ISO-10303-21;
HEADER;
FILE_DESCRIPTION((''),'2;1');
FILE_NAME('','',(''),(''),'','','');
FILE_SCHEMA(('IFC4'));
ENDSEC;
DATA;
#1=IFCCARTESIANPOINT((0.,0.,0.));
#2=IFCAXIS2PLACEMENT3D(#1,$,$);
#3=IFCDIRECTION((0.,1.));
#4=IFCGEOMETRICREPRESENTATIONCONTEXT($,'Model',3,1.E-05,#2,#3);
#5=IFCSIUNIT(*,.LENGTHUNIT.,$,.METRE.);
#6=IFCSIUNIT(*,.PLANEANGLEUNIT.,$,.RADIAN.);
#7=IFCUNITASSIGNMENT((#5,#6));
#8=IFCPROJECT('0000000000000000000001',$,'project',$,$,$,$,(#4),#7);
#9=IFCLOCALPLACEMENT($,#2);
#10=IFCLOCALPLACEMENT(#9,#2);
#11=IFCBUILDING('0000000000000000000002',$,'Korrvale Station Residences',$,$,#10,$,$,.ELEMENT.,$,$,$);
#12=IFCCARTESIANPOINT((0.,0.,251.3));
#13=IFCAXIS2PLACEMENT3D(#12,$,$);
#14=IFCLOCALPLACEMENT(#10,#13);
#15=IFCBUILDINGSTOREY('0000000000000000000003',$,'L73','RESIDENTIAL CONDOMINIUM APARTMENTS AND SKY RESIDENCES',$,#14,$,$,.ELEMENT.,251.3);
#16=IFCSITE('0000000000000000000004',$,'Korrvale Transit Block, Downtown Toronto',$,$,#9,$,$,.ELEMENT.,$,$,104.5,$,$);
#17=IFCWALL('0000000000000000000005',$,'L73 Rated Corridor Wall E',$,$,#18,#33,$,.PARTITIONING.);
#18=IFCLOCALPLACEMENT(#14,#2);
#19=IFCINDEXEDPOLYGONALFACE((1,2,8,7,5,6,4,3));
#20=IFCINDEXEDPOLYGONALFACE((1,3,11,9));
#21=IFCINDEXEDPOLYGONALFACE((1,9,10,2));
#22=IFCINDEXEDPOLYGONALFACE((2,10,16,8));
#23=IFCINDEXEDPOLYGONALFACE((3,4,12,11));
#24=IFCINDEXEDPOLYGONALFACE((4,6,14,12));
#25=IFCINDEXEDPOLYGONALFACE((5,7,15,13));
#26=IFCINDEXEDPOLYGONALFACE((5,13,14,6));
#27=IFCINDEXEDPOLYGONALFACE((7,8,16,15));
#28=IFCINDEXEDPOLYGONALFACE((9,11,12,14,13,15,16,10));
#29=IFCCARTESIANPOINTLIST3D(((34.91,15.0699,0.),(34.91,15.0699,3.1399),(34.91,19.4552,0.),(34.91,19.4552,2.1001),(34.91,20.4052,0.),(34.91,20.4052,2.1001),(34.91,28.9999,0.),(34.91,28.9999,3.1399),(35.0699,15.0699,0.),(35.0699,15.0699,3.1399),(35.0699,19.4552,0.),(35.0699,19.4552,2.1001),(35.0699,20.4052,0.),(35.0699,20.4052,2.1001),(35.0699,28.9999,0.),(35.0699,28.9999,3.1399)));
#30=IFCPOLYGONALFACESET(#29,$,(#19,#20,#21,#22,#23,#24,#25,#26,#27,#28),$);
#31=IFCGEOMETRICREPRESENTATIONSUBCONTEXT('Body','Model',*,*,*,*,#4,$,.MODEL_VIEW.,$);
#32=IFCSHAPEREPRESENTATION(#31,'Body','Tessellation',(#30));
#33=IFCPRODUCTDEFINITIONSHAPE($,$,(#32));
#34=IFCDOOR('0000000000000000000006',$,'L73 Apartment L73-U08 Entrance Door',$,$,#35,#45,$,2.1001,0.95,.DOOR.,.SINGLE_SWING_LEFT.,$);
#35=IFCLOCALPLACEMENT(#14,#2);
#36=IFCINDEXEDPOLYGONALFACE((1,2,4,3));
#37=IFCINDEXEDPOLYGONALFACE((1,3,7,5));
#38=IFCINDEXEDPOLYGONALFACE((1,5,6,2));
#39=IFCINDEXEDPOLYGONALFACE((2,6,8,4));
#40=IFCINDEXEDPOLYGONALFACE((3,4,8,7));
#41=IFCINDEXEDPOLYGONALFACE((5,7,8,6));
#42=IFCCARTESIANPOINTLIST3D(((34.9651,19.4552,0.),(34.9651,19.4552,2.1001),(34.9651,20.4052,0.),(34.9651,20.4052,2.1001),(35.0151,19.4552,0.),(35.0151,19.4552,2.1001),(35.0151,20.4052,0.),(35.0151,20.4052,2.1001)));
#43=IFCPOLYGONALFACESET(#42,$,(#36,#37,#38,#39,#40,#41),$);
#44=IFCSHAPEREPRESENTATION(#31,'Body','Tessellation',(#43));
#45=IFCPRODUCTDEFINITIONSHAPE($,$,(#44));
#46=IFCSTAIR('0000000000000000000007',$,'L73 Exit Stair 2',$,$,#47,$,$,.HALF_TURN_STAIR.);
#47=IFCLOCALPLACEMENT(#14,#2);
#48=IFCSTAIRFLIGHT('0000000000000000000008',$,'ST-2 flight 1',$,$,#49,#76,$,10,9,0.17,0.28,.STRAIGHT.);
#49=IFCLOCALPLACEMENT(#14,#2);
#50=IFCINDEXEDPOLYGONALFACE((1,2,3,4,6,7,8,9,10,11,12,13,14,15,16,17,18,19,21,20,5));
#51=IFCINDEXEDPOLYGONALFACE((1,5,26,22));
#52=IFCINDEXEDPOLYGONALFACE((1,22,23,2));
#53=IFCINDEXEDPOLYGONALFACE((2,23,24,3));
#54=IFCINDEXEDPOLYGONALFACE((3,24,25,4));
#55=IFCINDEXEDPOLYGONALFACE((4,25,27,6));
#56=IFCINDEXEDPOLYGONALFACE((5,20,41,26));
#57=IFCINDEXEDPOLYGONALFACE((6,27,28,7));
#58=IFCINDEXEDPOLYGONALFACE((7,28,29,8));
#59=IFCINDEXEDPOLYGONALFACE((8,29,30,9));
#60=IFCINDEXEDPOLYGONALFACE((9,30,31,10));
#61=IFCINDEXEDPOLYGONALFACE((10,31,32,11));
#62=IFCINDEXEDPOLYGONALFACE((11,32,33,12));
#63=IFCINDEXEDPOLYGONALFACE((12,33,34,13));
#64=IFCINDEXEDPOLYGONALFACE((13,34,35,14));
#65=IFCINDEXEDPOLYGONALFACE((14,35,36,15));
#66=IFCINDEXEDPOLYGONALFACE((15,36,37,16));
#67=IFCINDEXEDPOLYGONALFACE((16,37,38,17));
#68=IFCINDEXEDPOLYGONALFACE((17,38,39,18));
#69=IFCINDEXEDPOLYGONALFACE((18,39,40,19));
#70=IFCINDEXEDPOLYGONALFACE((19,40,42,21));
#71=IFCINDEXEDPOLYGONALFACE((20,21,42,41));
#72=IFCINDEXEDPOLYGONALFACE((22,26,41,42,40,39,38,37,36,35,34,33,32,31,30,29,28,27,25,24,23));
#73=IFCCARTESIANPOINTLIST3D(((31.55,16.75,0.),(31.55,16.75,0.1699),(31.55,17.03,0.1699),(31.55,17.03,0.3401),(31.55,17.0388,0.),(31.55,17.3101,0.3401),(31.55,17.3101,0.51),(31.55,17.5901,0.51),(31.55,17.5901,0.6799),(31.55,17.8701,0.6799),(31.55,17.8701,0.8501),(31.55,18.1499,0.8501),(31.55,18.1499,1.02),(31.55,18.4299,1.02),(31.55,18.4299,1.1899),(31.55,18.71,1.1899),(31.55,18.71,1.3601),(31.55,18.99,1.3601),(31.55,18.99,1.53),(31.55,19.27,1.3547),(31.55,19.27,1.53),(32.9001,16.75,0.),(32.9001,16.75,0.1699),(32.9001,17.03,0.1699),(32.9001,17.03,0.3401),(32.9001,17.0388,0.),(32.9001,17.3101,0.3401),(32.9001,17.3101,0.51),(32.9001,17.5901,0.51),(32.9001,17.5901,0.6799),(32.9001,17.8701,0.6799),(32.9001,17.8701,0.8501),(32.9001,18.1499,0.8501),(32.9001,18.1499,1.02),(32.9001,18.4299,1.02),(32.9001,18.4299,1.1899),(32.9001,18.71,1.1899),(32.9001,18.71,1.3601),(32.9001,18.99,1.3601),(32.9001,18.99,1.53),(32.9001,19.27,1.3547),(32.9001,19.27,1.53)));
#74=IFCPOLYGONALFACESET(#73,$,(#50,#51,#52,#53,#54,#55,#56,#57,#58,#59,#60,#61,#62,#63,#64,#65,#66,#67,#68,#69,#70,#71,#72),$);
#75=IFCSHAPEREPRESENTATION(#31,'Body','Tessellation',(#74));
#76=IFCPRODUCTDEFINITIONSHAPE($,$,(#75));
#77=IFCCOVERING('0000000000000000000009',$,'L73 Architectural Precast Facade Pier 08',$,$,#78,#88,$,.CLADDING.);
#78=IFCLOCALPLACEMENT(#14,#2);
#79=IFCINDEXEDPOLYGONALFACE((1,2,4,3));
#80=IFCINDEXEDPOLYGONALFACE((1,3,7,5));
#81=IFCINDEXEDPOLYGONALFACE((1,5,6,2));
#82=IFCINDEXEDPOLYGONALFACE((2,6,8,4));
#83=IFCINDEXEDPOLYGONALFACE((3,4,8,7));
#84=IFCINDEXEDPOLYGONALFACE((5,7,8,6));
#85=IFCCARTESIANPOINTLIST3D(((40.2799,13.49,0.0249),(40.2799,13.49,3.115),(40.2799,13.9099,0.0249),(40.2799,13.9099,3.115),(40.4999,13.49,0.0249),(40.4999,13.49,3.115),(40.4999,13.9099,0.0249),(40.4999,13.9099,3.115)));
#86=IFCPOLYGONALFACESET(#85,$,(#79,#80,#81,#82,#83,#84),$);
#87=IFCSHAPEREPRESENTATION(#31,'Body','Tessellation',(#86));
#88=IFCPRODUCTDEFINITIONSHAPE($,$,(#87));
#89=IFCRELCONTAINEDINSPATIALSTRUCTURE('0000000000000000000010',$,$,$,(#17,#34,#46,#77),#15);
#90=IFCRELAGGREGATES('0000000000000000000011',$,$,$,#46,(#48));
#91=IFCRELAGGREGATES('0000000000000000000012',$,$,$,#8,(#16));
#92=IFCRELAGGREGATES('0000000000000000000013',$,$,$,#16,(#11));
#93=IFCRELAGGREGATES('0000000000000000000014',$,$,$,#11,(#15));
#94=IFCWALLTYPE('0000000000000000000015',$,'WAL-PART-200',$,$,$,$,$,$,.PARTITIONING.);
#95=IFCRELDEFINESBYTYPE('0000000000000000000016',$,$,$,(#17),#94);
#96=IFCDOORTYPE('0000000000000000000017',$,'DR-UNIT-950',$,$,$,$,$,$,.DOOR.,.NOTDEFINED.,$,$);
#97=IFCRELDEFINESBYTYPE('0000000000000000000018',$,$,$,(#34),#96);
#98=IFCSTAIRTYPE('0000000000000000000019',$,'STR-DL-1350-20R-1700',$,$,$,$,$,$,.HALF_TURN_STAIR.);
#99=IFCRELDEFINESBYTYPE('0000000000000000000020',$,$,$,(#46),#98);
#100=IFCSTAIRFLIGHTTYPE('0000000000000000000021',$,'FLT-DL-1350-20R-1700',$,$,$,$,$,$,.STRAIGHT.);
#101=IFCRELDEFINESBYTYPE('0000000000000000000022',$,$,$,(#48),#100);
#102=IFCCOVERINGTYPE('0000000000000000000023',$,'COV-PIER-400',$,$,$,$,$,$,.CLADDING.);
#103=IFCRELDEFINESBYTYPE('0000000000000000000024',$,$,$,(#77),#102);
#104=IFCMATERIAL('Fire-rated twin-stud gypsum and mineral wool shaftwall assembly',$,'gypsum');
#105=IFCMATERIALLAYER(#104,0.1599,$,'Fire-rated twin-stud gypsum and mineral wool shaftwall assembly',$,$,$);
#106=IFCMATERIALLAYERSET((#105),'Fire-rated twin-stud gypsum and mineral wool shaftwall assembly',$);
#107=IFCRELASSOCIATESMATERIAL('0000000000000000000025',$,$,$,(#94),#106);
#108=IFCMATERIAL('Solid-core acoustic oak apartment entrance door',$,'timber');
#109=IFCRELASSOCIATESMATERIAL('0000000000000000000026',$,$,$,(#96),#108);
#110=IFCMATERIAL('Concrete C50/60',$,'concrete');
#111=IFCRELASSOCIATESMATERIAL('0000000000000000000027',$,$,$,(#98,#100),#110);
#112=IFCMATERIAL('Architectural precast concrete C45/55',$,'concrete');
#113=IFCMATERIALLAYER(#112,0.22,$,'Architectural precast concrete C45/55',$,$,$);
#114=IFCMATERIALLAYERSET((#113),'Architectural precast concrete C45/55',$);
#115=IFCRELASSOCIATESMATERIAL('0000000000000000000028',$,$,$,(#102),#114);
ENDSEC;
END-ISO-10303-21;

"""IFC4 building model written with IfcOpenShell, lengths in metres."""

from ifc_helpers import new_model, si_unit, direction, frame, frame_2d, origin, origin_2d, place, context, subcontext, project, spatial, polyline, rectangle, outline, extrude, material, layer, layer_set, type_object, element, fill, aggregate, save


model = new_model("IFC4")

# Units and contexts
model_context = context("Model", 3, precision=1e-05, world=origin(), true_north=direction((0.0, 1.0)))
body_context = subcontext(model_context, "Body", "Model", "MODEL_VIEW")
ifc_project = project(units=[si_unit("LENGTHUNIT", "METRE"), si_unit("PLANEANGLEUNIT", "RADIAN")], contexts=[model_context])

# Site, building, storey
site_placement = place(None, origin())
site = spatial("IfcSite", under=ifc_project, at=site_placement, Name="Korrvale Transit Block, Downtown Toronto", CompositionType="ELEMENT", RefElevation=104.5)
building_placement = place(site_placement, origin())
building = spatial("IfcBuilding", under=site, at=building_placement, Name="Korrvale Station Residences", CompositionType="ELEMENT")
storey_placement = place(building_placement, frame((0.0, 0.0, 251.3)))
storey = spatial("IfcBuildingStorey", under=building, at=storey_placement, Name="L73", Description="RESIDENTIAL CONDOMINIUM APARTMENTS AND SKY RESIDENCES", CompositionType="ELEMENT", Elevation=251.3)

# Shared definitions
ifc_material_1 = material(Name="Concrete C50/60", Category="concrete")

# Shared definitions
ifc_material_2 = material(Name="Fire-rated twin-stud gypsum and mineral wool shaftwall assembly", Category="gypsum")
ifc_layer_1 = layer(ifc_material_2, 0.1599, Name="Fire-rated twin-stud gypsum and mineral wool shaftwall assembly")
ifc_layer_set_1 = layer_set([ifc_layer_1], Name="Fire-rated twin-stud gypsum and mineral wool shaftwall assembly")
wall_type_1 = type_object("IfcWallType", Name="WAL-PART-200", PredefinedType="PARTITIONING", material=ifc_layer_set_1)

# Wall, opening, door
wall_1_placement = place(storey_placement, frame((34.99, 15.0701, 0.0), z_axis=(0.0, 0.0, 1.0), x_axis=(0.0, 1.0, 0.0)))
wall_1 = element("IfcWall", 1, at=wall_1_placement, inside=storey, type_object=wall_type_1, Name="L73 Rated Corridor Wall E", PredefinedType="PARTITIONING", context=body_context, shape_type="SweptSolid", body=[
    extrude(rectangle(XDim=13.9299, YDim=0.1599, at=frame_2d((6.9648, 0.0))), origin(), (0.0, 0.0, 1.0), 3.1399),
])
opening_1_placement = place(wall_1_placement, frame((4.385, 0.0, 0.0)))
opening_1 = element("IfcOpeningElement", 2, at=opening_1_placement, cuts=wall_1, PredefinedType="OPENING", context=body_context, shape_type="SweptSolid", body=[
    extrude(rectangle(XDim=0.95, YDim=2.1001, at=frame_2d((0.4751, 1.05))), frame((0.0, 0.0898, 0.0), z_axis=(0.0, -1.0, 0.0), x_axis=(1.0, 0.0, 0.0)), (0.0, 0.0, 1.0), 0.1799),
])
ifc_material_3 = material(Name="Solid-core acoustic oak apartment entrance door", Category="timber")
door_type_1 = type_object("IfcDoorType", Name="DR-UNIT-950", OperationType="NOTDEFINED", PredefinedType="DOOR", material=ifc_material_3)
door_1_placement = place(opening_1_placement, origin())
door_1 = element("IfcDoor", 3, at=door_1_placement, inside=storey, type_object=door_type_1, Name="L73 Apartment L73-U08 Entrance Door", OperationType="SINGLE_SWING_LEFT", OverallHeight=2.1001, OverallWidth=0.95, PredefinedType="DOOR", context=body_context, shape_type="SweptSolid", body=[
    extrude(rectangle(XDim=0.95, YDim=2.1001, at=frame_2d((0.4751, 1.05))), frame((0.0, 0.0249, 0.0), z_axis=(0.0, -1.0, 0.0), x_axis=(1.0, 0.0, 0.0)), (0.0, 0.0, 1.0), 0.05),
])
fill(opening_1, door_1)

# Stair, stair flight
stair_type = type_object("IfcStairType", Name="STR-DL-1350-20R-1700", PredefinedType="HALF_TURN_STAIR", material=ifc_material_1)
stair_placement = place(storey_placement, origin())
stair = element("IfcStair", 4, at=stair_placement, inside=storey, type_object=stair_type, Name="L73 Exit Stair 2", PredefinedType="HALF_TURN_STAIR")
stair_flight_type = type_object("IfcStairFlightType", Name="FLT-DL-1350-20R-1700", PredefinedType="STRAIGHT", material=ifc_material_1)
stair_flight_placement = place(storey_placement, frame((32.2251, 16.75, 0.0), z_axis=(0.0, 0.0, 1.0), x_axis=(0.0, 1.0, 0.0)))
stair_flight = element("IfcStairFlight", 5, at=stair_flight_placement, type_object=stair_flight_type, Name="ST-2 flight 1", NumberOfRisers=10, NumberOfTreads=9, PredefinedType="STRAIGHT", RiserHeight=0.17, TreadLength=0.28, context=body_context, shape_type="SweptSolid", body=[
    extrude(outline(polyline([(0.0, 0.0), (0.0, 0.1699), (0.28, 0.1699), (0.28, 0.3401), (0.5601, 0.3401), (0.5601, 0.51), (0.8401, 0.51), (0.8401, 0.6799), (1.1201, 0.6799), (1.1201, 0.8501), (1.3999, 0.8501), (1.3999, 1.02), (1.6799, 1.02), (1.6799, 1.1899), (1.96, 1.1899), (1.96, 1.3601), (2.24, 1.3601), (2.24, 1.53), (2.52, 1.53), (2.52, 1.7), (2.52, 1.3547), (0.2888, 0.0), (0.0, 0.0)])), frame((0.0, 0.675, 0.0), z_axis=(0.0, -1.0, 0.0), x_axis=(1.0, 0.0, 0.0)), (0.0, 0.0, 1.0), 1.3501),
])
aggregate(stair, [stair_flight])

# Covering
ifc_material_4 = material(Name="Architectural precast concrete C45/55", Category="concrete")
ifc_layer_2 = layer(ifc_material_4, 0.22, Name="Architectural precast concrete C45/55")
ifc_layer_set_2 = layer_set([ifc_layer_2], Name="Architectural precast concrete C45/55")
covering_type = type_object("IfcCoveringType", Name="COV-PIER-400", PredefinedType="CLADDING", material=ifc_layer_set_2)
covering_placement = place(storey_placement, frame((40.3899, 13.7, 0.0249), z_axis=(0.0, 0.0, 1.0), x_axis=(0.0, 1.0, 0.0)))
element("IfcCovering", 6, at=covering_placement, inside=storey, type_object=covering_type, Name="L73 Architectural Precast Facade Pier 08", PredefinedType="CLADDING", context=body_context, shape_type="SweptSolid", body=[
    extrude(rectangle(XDim=0.4199, YDim=0.22, at=origin_2d()), origin(), (0.0, 0.0, 1.0), 3.0901),
])

save(model, "model.ifc")
